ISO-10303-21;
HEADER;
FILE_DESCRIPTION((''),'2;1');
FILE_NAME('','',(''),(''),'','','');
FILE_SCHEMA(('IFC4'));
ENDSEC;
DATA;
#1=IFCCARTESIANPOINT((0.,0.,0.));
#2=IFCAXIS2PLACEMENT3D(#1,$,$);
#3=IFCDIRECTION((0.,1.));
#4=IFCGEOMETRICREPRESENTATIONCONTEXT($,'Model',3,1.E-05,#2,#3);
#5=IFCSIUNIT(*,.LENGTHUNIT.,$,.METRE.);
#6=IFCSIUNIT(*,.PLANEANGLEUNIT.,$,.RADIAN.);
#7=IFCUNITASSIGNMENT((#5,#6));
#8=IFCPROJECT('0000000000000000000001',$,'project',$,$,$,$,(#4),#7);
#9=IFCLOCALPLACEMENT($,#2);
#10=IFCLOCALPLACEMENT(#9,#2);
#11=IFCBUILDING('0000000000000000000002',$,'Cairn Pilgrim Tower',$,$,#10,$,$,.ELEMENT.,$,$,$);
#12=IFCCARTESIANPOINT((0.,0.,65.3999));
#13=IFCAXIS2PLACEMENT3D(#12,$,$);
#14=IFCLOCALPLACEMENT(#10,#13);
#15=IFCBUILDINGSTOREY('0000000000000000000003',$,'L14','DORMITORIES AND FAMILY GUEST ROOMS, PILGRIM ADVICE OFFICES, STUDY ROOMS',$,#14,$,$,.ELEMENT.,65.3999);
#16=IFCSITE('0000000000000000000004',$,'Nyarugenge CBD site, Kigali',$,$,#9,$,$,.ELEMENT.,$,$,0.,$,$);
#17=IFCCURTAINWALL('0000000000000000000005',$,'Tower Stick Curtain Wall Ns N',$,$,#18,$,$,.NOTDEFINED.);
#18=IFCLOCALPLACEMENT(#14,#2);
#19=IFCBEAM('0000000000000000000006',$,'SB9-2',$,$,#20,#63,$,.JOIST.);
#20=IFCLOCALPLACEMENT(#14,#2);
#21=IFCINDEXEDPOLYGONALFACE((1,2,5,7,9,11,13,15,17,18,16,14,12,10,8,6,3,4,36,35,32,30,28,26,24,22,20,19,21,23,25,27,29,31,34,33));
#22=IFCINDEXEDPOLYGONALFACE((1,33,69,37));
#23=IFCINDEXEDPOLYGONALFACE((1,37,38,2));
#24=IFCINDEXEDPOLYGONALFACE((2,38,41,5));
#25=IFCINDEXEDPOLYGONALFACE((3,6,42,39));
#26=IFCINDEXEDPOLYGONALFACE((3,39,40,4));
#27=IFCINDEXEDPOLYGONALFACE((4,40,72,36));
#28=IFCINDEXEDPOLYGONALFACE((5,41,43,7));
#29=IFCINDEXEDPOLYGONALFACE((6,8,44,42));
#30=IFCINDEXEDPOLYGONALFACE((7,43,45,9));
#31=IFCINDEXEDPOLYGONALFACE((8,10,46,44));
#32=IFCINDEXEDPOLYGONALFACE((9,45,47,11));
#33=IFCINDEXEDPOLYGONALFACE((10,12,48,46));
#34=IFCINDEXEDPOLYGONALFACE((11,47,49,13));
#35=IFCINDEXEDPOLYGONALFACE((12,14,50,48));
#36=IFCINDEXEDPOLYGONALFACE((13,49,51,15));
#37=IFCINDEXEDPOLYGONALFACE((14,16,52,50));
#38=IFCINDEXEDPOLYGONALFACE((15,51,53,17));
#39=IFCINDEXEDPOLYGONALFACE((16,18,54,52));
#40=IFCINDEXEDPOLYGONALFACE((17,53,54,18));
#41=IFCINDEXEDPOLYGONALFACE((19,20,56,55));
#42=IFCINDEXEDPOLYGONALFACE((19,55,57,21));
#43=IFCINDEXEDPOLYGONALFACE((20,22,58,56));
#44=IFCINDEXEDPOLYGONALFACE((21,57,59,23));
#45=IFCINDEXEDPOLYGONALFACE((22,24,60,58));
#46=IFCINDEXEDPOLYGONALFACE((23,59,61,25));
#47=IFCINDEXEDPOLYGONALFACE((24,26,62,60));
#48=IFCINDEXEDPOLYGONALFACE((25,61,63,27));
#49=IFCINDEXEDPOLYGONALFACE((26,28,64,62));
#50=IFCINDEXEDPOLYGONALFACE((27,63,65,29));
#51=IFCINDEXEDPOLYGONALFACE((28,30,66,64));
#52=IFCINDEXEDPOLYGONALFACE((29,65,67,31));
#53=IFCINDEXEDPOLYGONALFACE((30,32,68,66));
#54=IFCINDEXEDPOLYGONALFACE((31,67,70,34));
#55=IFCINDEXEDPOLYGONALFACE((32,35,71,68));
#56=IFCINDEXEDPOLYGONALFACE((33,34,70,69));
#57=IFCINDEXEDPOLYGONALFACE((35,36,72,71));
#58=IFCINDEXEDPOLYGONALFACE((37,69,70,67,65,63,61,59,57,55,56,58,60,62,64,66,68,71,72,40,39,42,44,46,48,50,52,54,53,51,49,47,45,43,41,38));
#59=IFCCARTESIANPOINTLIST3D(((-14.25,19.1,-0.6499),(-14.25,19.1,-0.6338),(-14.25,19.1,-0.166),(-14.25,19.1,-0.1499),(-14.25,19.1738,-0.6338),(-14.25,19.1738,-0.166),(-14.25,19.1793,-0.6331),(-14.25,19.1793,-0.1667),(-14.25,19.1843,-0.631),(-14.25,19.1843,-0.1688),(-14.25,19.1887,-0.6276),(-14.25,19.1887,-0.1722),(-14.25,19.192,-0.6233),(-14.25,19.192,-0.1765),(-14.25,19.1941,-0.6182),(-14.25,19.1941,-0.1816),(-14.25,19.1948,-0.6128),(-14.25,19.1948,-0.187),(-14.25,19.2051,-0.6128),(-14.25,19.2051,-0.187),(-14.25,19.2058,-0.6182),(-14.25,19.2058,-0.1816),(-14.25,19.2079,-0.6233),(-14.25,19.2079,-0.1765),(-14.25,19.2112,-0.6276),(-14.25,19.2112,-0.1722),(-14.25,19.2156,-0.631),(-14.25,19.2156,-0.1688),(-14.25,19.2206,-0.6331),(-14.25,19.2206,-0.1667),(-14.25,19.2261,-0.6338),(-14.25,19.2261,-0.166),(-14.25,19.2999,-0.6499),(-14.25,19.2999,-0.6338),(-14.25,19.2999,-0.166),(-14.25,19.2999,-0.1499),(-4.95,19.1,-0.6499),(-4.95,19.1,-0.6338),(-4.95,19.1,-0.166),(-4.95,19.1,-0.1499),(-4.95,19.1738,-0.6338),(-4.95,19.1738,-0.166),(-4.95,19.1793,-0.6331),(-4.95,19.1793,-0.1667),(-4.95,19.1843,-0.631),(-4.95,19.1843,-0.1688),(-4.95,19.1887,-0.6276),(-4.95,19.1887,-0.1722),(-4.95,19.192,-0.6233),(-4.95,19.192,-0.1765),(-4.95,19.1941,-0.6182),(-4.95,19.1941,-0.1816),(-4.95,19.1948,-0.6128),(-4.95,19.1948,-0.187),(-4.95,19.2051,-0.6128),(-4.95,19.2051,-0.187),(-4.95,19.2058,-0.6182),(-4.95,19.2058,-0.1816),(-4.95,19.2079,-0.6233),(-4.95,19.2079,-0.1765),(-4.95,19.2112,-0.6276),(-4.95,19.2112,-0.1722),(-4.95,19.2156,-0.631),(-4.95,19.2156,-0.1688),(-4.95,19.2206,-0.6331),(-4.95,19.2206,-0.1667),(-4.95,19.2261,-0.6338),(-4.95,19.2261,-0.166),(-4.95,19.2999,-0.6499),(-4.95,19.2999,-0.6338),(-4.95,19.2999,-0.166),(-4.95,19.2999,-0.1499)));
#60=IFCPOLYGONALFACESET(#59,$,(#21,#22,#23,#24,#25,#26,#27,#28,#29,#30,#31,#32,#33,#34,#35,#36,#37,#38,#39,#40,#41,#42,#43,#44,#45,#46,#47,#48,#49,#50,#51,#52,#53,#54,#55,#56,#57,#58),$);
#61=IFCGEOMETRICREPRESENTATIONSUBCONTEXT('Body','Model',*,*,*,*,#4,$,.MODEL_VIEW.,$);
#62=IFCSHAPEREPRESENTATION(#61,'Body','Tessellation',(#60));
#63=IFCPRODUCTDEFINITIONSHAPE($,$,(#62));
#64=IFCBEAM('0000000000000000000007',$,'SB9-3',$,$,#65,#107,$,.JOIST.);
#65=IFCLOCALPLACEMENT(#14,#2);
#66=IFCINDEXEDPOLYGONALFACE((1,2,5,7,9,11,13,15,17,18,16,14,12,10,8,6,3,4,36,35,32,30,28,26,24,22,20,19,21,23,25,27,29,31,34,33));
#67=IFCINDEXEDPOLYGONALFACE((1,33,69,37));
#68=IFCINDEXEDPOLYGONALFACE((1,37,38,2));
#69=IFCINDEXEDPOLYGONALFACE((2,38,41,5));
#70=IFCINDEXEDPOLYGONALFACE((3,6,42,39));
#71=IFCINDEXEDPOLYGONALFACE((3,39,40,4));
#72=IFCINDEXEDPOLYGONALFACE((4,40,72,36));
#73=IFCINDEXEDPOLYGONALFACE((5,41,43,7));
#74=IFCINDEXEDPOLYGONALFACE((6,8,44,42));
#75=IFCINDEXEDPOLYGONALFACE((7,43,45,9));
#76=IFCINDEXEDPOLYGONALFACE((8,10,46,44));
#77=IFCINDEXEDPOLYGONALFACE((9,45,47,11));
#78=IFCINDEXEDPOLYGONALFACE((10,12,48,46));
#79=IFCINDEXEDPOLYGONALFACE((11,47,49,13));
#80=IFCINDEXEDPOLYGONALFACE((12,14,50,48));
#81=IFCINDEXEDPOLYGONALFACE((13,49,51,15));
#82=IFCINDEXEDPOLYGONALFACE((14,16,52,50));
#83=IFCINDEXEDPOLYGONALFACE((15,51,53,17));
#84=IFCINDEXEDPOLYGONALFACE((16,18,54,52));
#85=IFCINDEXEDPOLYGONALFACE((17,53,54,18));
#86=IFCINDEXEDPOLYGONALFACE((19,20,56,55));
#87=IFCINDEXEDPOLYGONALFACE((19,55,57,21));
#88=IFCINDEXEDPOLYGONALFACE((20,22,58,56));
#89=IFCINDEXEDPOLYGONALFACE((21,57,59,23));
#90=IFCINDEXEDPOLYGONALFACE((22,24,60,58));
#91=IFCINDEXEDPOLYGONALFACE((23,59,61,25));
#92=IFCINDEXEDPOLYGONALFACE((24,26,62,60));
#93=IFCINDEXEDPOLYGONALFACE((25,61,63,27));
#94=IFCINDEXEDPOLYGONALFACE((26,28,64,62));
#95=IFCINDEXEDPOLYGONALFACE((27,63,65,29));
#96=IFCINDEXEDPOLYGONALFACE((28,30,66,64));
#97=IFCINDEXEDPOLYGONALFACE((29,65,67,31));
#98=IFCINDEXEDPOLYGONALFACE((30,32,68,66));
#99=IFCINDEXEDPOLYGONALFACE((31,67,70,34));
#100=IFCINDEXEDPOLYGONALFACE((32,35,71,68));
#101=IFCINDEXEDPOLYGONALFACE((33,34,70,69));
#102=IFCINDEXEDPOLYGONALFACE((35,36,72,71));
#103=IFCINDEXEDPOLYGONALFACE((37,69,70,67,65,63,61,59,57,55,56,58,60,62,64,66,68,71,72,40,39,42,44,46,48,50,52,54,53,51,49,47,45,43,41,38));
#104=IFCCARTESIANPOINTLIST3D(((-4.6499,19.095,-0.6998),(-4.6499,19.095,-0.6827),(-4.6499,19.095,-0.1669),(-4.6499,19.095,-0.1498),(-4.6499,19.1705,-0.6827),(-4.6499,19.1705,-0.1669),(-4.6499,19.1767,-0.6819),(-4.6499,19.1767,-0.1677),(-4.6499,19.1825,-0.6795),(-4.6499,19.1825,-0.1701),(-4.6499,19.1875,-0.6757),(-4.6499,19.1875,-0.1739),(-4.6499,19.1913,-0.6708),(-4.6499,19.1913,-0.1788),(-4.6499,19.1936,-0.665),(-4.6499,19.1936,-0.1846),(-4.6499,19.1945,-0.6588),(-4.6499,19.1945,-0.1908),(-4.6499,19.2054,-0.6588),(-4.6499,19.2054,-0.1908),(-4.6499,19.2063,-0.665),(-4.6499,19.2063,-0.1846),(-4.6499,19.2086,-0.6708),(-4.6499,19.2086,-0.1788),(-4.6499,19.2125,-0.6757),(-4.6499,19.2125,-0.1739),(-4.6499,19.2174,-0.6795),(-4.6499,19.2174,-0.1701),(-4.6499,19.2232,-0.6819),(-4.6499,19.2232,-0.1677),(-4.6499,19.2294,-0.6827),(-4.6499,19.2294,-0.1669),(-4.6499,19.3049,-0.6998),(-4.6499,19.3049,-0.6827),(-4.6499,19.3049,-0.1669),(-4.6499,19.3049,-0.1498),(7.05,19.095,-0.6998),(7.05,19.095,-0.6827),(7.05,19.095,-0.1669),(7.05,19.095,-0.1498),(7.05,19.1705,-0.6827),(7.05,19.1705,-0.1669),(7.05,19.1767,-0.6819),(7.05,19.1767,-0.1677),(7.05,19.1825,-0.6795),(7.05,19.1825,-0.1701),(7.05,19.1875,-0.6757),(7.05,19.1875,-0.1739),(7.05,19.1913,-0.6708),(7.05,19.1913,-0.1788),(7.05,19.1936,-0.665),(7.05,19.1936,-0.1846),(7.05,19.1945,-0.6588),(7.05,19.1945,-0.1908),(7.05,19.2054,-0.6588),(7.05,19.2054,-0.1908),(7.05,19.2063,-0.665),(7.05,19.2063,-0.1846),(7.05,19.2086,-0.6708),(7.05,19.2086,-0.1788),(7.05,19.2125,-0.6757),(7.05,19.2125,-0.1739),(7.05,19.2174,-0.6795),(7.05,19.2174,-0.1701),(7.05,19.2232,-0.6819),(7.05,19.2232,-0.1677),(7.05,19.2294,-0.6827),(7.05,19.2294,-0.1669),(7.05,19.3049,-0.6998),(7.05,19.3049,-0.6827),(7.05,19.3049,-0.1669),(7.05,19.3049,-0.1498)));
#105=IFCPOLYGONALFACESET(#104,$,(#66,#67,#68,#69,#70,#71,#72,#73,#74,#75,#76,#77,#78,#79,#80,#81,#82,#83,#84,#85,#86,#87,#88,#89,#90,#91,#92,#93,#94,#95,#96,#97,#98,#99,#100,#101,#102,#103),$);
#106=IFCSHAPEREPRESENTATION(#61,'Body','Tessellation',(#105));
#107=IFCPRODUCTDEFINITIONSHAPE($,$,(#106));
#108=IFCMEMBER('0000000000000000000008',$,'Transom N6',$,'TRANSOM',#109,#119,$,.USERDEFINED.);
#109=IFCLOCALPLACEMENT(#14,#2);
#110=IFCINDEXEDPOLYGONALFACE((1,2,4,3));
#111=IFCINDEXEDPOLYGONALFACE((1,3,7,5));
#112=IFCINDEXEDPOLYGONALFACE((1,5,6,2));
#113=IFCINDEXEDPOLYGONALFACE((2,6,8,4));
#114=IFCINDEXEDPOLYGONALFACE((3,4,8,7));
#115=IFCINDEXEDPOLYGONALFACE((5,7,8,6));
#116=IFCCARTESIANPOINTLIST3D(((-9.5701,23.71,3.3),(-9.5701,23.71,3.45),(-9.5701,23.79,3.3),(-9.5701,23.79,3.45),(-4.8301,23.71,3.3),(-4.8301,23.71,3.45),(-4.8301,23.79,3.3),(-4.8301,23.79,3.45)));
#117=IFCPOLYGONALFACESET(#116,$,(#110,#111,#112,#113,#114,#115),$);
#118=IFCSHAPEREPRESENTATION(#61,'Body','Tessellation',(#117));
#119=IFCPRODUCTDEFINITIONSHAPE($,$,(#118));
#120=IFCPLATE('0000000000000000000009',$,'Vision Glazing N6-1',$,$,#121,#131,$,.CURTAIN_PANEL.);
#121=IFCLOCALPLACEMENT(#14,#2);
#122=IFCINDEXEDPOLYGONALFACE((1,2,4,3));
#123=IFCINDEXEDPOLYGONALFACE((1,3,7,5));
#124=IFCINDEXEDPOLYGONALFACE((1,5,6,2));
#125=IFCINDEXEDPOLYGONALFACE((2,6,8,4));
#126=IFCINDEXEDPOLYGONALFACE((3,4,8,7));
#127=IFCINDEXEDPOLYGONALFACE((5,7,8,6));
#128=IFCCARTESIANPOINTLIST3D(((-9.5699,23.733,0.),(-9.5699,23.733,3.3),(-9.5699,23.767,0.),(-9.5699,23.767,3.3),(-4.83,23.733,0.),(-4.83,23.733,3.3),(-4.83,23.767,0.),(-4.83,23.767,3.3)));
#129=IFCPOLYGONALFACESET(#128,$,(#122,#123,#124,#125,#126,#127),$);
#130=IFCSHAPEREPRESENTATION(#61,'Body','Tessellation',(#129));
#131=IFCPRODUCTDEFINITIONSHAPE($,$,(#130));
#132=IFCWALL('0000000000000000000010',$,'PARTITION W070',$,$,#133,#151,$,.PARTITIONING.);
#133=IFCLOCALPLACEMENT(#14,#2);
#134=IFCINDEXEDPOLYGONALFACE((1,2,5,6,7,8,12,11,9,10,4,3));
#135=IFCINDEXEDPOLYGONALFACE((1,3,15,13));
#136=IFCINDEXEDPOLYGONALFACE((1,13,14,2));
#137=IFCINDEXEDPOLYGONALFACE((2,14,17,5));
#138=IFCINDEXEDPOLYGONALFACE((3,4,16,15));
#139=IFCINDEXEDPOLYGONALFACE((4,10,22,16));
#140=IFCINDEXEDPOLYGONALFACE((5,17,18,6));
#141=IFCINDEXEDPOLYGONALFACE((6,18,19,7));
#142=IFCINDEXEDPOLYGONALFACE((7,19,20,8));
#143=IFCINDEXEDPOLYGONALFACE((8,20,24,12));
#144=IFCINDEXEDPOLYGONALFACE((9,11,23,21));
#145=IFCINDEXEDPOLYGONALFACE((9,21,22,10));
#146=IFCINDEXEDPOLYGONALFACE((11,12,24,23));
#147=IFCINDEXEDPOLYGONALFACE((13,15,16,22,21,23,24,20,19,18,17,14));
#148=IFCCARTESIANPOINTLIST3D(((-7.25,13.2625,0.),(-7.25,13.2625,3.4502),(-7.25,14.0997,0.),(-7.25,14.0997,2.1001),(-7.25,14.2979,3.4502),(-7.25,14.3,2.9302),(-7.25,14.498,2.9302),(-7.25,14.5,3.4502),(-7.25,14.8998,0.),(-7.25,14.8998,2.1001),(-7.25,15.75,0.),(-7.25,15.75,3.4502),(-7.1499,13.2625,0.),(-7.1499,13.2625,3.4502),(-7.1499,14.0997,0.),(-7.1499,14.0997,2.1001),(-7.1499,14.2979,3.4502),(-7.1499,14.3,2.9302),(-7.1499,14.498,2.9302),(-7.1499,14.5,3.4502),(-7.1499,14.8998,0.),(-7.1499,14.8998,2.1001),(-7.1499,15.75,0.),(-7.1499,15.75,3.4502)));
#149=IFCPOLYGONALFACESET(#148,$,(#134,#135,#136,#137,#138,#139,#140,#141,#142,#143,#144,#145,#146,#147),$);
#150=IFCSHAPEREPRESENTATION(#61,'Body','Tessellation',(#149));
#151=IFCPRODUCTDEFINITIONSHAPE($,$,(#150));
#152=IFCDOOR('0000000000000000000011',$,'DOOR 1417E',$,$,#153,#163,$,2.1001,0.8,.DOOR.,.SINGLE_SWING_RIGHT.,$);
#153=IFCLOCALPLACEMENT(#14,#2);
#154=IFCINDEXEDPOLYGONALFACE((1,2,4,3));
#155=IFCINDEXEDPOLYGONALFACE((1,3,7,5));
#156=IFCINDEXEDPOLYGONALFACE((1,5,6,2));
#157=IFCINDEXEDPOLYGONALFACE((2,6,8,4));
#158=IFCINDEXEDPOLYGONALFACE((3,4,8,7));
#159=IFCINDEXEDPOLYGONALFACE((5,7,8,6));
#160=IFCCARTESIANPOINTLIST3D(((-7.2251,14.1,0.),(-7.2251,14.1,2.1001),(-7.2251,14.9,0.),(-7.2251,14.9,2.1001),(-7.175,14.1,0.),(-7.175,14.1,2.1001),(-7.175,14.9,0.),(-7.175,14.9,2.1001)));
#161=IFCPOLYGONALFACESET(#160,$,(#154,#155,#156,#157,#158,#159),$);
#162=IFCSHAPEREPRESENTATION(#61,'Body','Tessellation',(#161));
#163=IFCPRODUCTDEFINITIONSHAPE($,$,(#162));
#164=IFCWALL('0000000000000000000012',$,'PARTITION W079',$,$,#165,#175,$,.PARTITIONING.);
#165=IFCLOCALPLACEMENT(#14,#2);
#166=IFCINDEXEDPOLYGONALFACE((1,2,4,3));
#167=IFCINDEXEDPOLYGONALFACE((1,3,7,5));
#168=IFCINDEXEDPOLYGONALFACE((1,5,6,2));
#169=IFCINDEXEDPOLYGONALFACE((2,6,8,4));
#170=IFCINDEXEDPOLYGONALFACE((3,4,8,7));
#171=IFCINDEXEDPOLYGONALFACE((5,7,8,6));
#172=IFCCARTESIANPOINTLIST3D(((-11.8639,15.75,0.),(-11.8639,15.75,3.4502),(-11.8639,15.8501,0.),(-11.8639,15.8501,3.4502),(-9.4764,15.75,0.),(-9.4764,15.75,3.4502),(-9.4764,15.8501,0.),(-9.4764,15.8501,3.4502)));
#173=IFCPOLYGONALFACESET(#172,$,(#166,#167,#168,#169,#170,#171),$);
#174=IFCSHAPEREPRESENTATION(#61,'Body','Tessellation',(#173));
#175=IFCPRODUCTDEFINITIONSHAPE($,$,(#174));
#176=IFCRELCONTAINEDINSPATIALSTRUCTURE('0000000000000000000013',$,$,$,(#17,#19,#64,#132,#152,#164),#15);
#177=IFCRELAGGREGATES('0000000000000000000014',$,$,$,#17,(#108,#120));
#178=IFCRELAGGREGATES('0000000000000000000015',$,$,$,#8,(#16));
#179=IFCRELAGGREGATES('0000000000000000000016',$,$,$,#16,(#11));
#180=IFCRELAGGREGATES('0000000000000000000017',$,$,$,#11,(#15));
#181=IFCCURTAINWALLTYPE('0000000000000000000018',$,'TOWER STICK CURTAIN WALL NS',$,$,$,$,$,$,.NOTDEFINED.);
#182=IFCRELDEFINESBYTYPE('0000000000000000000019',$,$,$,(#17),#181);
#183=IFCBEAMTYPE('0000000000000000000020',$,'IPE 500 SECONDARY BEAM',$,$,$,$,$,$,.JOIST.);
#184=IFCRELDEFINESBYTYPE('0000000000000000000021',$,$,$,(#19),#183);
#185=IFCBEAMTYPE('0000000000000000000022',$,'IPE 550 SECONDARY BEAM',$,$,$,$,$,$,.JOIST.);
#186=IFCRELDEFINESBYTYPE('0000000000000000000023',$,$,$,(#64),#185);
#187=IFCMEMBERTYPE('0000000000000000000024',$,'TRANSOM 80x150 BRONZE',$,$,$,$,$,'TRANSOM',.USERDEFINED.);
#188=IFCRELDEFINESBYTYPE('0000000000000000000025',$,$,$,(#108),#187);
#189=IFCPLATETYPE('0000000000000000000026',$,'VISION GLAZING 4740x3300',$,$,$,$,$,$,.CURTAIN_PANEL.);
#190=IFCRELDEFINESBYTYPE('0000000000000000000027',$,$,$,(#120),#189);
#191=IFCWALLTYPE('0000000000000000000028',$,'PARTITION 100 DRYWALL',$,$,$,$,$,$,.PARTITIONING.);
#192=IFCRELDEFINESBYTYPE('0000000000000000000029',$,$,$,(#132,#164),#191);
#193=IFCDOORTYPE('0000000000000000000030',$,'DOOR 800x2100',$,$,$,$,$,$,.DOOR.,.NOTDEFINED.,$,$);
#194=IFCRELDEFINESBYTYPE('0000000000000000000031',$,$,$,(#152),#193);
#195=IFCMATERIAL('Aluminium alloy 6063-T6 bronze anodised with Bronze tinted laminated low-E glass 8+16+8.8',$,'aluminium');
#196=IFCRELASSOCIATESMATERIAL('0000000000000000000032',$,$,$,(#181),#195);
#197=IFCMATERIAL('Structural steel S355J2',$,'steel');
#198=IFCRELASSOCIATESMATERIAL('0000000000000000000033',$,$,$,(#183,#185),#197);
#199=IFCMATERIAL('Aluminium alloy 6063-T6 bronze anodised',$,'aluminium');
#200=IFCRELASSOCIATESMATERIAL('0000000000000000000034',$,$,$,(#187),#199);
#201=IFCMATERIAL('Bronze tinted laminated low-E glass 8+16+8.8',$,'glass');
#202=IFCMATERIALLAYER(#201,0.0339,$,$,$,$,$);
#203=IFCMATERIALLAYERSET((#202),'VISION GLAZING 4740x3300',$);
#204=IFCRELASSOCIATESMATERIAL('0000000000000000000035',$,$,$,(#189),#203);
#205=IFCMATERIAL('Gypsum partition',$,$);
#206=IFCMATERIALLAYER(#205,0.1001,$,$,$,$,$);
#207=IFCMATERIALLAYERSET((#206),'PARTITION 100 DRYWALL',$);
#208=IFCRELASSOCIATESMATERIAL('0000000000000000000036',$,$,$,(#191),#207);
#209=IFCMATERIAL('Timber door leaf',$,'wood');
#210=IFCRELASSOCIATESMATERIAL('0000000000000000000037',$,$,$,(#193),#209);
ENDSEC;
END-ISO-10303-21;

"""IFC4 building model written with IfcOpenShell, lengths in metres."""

from ifc_helpers import new_model, si_unit, direction, frame, frame_2d, origin, origin_2d, place, context, subcontext, project, spatial, polyline, rectangle, i_section, outline, extrude, material, layer, layer_set, material_profile, profile_set, type_object, element, fill, aggregate, save


model = new_model("IFC4")

# Units and contexts
model_context = context("Model", 3, precision=1e-05, world=origin(), true_north=direction((0.0, 1.0)))
body_context = subcontext(model_context, "Body", "Model", "MODEL_VIEW")
ifc_project = project(units=[si_unit("LENGTHUNIT", "METRE"), si_unit("PLANEANGLEUNIT", "RADIAN")], contexts=[model_context])

# Site, building, storey
site_placement = place(None, origin())
site = spatial("IfcSite", under=ifc_project, at=site_placement, Name="Nyarugenge CBD site, Kigali", CompositionType="ELEMENT", RefElevation=0.0)
building_placement = place(site_placement, origin())
building = spatial("IfcBuilding", under=site, at=building_placement, Name="Cairn Pilgrim Tower", CompositionType="ELEMENT")
storey_placement = place(building_placement, frame((0.0, 0.0, 65.3999)))
storey = spatial("IfcBuildingStorey", under=building, at=storey_placement, Name="L14", Description="DORMITORIES AND FAMILY GUEST ROOMS, PILGRIM ADVICE OFFICES, STUDY ROOMS", CompositionType="ELEMENT", Elevation=65.3999)

# Curtain wall
ifc_material_1 = material(Name="Aluminium alloy 6063-T6 bronze anodised with Bronze tinted laminated low-E glass 8+16+8.8", Category="aluminium")
curtain_wall_type = type_object("IfcCurtainWallType", Name="TOWER STICK CURTAIN WALL NS", PredefinedType="NOTDEFINED", material=ifc_material_1)
curtain_wall_placement = place(storey_placement, origin())
curtain_wall = element("IfcCurtainWall", 1, at=curtain_wall_placement, inside=storey, type_object=curtain_wall_type, Name="Tower Stick Curtain Wall Ns N", PredefinedType="NOTDEFINED")
ifc_material_2 = material(Name="Aluminium alloy 6063-T6 bronze anodised", Category="aluminium")

# Beams
ifc_material_3 = material(Name="Structural steel S355J2", Category="steel")
ifc_material_profile_1 = material_profile(ifc_material_3, i_section(OverallWidth=0.2, OverallDepth=0.5, WebThickness=0.0103, FlangeThickness=0.0161, FilletRadius=0.021, at=origin_2d()), Name="IPE 500")
ifc_profile_set_1 = profile_set([ifc_material_profile_1], Name="Structural steel S355J2")
beam_type_1 = type_object("IfcBeamType", Name="IPE 500 SECONDARY BEAM", PredefinedType="JOIST", material=ifc_profile_set_1)
for number, where, z_axis, x_axis, name in (
    (2, (-14.25, 19.2, -0.3999), (1.0, 0.0, 0.0), (0.0, 1.0, 0.0), "SB9-2"),
):
    element("IfcBeam", number, at=place(storey_placement, frame(where, z_axis=z_axis, x_axis=x_axis)), inside=storey, type_object=beam_type_1, Name=name, PredefinedType="JOIST", context=body_context, shape_type="SweptSolid", body=[
        extrude(i_section(OverallWidth=0.2, OverallDepth=0.5, WebThickness=0.0103, FlangeThickness=0.0161, FilletRadius=0.021, at=origin_2d()), origin(), (0.0, 0.0, 1.0), 9.3),
    ])
ifc_material_profile_2 = material_profile(ifc_material_3, i_section(OverallWidth=0.21, OverallDepth=0.55, WebThickness=0.011, FlangeThickness=0.0171, FilletRadius=0.0239, at=origin_2d()), Name="IPE 550")
ifc_profile_set_2 = profile_set([ifc_material_profile_2], Name="Structural steel S355J2")
beam_type_2 = type_object("IfcBeamType", Name="IPE 550 SECONDARY BEAM", PredefinedType="JOIST", material=ifc_profile_set_2)
beam_1_placement = place(storey_placement, frame((-4.6499, 19.2, -0.4248), z_axis=(1.0, 0.0, 0.0), x_axis=(0.0, 1.0, 0.0)))
element("IfcBeam", 3, at=beam_1_placement, inside=storey, type_object=beam_type_2, Name="SB9-3", PredefinedType="JOIST", context=body_context, shape_type="SweptSolid", body=[
    extrude(i_section(OverallWidth=0.21, OverallDepth=0.55, WebThickness=0.011, FlangeThickness=0.0171, FilletRadius=0.0239, at=origin_2d()), origin(), (0.0, 0.0, 1.0), 11.7),
])

# Member
ifc_material_profile_3 = material_profile(ifc_material_2, rectangle(XDim=0.0801, YDim=0.1499, at=origin_2d()), Name="TRANSOM 80x150 BRONZE")
ifc_profile_set_3 = profile_set([ifc_material_profile_3], Name="Aluminium alloy 6063-T6 bronze anodised")
member_type_1 = type_object("IfcMemberType", Name="TRANSOM 80x150 BRONZE", ElementType="TRANSOM", PredefinedType="USERDEFINED", material=ifc_profile_set_3)
member_1_placement = place(storey_placement, frame((-4.8301, 23.75, 3.375), z_axis=(-1.0, 0.0, 0.0), x_axis=(0.0, -1.0, 0.0)))
member_1 = element("IfcMember", 4, at=member_1_placement, type_object=member_type_1, Name="Transom N6", ObjectType="TRANSOM", PredefinedType="USERDEFINED", context=body_context, shape_type="SweptSolid", body=[
    extrude(rectangle(XDim=0.0801, YDim=0.1499, at=origin_2d()), origin(), (0.0, 0.0, 1.0), 4.74),
])

# Plate
ifc_material_4 = material(Name="Bronze tinted laminated low-E glass 8+16+8.8", Category="glass")
ifc_layer_1 = layer(ifc_material_4, 0.0339)
ifc_layer_set_1 = layer_set([ifc_layer_1], Name="VISION GLAZING 4740x3300")
plate_type = type_object("IfcPlateType", Name="VISION GLAZING 4740x3300", PredefinedType="CURTAIN_PANEL", material=ifc_layer_set_1)
plate_placement = place(storey_placement, frame((-7.2, 23.75, 0.0), z_axis=(0.0, 0.0, 1.0), x_axis=(-1.0, 0.0, 0.0)))
plate = element("IfcPlate", 5, at=plate_placement, type_object=plate_type, Name="Vision Glazing N6-1", PredefinedType="CURTAIN_PANEL", context=body_context, shape_type="SweptSolid", body=[
    extrude(rectangle(XDim=4.74, YDim=0.0339, at=origin_2d()), origin(), (0.0, 0.0, 1.0), 3.3),
])
aggregate(curtain_wall, [member_1, plate])

# Wall, opening, door
ifc_material_5 = material(Name="Gypsum partition")
ifc_layer_2 = layer(ifc_material_5, 0.1001)
ifc_layer_set_2 = layer_set([ifc_layer_2], Name="PARTITION 100 DRYWALL")
wall_type_1 = type_object("IfcWallType", Name="PARTITION 100 DRYWALL", PredefinedType="PARTITIONING", material=ifc_layer_set_2)
wall_1_placement = place(storey_placement, frame((-7.2, 13.2625, 0.0), z_axis=(0.0, 0.0, 1.0), x_axis=(0.0, 1.0, 0.0)))
wall_1 = element("IfcWall", 6, at=wall_1_placement, inside=storey, type_object=wall_type_1, Name="PARTITION W070", PredefinedType="PARTITIONING", context=body_context, shape_type="SweptSolid", body=[
    extrude(outline(polyline([(0.0, 0.0), (2.4875, 0.0), (2.4875, 3.4502), (1.2375, 3.4502), (1.2356, 2.9302), (1.0376, 2.9302), (1.0354, 3.4502), (0.0, 3.4502), (0.0, 0.0)])), frame((0.0, 0.05, 0.0), z_axis=(0.0, -1.0, 0.0), x_axis=(1.0, 0.0, 0.0)), (0.0, 0.0, 1.0), 0.1001),
])
opening_1_placement = place(wall_1_placement, frame((0.8374, 0.0, 0.0)))
opening_1 = element("IfcOpeningElement", 7, at=opening_1_placement, cuts=wall_1, PredefinedType="OPENING", context=body_context, shape_type="SweptSolid", body=[
    extrude(rectangle(XDim=0.8, YDim=2.1001, at=frame_2d((0.3999, 1.05))), frame((0.0, 0.0601, 0.0), z_axis=(0.0, -1.0, 0.0), x_axis=(1.0, 0.0, 0.0)), (0.0, 0.0, 1.0), 0.1201),
])
ifc_material_6 = material(Name="Timber door leaf", Category="wood")
door_type_1 = type_object("IfcDoorType", Name="DOOR 800x2100", OperationType="NOTDEFINED", PredefinedType="DOOR", material=ifc_material_6)
door_1_placement = place(opening_1_placement, frame((0.8, 0.0, 0.0), z_axis=(0.0, 0.0, 1.0), x_axis=(-1.0, 0.0, 0.0)))
door_1 = element("IfcDoor", 8, at=door_1_placement, inside=storey, type_object=door_type_1, Name="DOOR 1417E", OperationType="SINGLE_SWING_RIGHT", OverallHeight=2.1001, OverallWidth=0.8, PredefinedType="DOOR", context=body_context, shape_type="SweptSolid", body=[
    extrude(rectangle(XDim=0.8, YDim=2.1001, at=frame_2d((0.3999, 1.05))), frame((0.0, 0.0249, 0.0), z_axis=(0.0, -1.0, 0.0), x_axis=(1.0, 0.0, 0.0)), (0.0, 0.0, 1.0), 0.05),
])
fill(opening_1, door_1)

# Wall
wall_2_placement = place(storey_placement, frame((-11.864, 15.8, 0.0), z_axis=(0.0, 0.0, 1.0), x_axis=(1.0, 0.0, 0.0)))
element("IfcWall", 9, at=wall_2_placement, inside=storey, type_object=wall_type_1, Name="PARTITION W079", PredefinedType="PARTITIONING", context=body_context, shape_type="SweptSolid", body=[
    extrude(rectangle(XDim=2.3875, YDim=0.1001, at=frame_2d((1.1938, 0.0))), origin(), (0.0, 0.0, 1.0), 3.4502),
])

save(model, "model.ifc")
